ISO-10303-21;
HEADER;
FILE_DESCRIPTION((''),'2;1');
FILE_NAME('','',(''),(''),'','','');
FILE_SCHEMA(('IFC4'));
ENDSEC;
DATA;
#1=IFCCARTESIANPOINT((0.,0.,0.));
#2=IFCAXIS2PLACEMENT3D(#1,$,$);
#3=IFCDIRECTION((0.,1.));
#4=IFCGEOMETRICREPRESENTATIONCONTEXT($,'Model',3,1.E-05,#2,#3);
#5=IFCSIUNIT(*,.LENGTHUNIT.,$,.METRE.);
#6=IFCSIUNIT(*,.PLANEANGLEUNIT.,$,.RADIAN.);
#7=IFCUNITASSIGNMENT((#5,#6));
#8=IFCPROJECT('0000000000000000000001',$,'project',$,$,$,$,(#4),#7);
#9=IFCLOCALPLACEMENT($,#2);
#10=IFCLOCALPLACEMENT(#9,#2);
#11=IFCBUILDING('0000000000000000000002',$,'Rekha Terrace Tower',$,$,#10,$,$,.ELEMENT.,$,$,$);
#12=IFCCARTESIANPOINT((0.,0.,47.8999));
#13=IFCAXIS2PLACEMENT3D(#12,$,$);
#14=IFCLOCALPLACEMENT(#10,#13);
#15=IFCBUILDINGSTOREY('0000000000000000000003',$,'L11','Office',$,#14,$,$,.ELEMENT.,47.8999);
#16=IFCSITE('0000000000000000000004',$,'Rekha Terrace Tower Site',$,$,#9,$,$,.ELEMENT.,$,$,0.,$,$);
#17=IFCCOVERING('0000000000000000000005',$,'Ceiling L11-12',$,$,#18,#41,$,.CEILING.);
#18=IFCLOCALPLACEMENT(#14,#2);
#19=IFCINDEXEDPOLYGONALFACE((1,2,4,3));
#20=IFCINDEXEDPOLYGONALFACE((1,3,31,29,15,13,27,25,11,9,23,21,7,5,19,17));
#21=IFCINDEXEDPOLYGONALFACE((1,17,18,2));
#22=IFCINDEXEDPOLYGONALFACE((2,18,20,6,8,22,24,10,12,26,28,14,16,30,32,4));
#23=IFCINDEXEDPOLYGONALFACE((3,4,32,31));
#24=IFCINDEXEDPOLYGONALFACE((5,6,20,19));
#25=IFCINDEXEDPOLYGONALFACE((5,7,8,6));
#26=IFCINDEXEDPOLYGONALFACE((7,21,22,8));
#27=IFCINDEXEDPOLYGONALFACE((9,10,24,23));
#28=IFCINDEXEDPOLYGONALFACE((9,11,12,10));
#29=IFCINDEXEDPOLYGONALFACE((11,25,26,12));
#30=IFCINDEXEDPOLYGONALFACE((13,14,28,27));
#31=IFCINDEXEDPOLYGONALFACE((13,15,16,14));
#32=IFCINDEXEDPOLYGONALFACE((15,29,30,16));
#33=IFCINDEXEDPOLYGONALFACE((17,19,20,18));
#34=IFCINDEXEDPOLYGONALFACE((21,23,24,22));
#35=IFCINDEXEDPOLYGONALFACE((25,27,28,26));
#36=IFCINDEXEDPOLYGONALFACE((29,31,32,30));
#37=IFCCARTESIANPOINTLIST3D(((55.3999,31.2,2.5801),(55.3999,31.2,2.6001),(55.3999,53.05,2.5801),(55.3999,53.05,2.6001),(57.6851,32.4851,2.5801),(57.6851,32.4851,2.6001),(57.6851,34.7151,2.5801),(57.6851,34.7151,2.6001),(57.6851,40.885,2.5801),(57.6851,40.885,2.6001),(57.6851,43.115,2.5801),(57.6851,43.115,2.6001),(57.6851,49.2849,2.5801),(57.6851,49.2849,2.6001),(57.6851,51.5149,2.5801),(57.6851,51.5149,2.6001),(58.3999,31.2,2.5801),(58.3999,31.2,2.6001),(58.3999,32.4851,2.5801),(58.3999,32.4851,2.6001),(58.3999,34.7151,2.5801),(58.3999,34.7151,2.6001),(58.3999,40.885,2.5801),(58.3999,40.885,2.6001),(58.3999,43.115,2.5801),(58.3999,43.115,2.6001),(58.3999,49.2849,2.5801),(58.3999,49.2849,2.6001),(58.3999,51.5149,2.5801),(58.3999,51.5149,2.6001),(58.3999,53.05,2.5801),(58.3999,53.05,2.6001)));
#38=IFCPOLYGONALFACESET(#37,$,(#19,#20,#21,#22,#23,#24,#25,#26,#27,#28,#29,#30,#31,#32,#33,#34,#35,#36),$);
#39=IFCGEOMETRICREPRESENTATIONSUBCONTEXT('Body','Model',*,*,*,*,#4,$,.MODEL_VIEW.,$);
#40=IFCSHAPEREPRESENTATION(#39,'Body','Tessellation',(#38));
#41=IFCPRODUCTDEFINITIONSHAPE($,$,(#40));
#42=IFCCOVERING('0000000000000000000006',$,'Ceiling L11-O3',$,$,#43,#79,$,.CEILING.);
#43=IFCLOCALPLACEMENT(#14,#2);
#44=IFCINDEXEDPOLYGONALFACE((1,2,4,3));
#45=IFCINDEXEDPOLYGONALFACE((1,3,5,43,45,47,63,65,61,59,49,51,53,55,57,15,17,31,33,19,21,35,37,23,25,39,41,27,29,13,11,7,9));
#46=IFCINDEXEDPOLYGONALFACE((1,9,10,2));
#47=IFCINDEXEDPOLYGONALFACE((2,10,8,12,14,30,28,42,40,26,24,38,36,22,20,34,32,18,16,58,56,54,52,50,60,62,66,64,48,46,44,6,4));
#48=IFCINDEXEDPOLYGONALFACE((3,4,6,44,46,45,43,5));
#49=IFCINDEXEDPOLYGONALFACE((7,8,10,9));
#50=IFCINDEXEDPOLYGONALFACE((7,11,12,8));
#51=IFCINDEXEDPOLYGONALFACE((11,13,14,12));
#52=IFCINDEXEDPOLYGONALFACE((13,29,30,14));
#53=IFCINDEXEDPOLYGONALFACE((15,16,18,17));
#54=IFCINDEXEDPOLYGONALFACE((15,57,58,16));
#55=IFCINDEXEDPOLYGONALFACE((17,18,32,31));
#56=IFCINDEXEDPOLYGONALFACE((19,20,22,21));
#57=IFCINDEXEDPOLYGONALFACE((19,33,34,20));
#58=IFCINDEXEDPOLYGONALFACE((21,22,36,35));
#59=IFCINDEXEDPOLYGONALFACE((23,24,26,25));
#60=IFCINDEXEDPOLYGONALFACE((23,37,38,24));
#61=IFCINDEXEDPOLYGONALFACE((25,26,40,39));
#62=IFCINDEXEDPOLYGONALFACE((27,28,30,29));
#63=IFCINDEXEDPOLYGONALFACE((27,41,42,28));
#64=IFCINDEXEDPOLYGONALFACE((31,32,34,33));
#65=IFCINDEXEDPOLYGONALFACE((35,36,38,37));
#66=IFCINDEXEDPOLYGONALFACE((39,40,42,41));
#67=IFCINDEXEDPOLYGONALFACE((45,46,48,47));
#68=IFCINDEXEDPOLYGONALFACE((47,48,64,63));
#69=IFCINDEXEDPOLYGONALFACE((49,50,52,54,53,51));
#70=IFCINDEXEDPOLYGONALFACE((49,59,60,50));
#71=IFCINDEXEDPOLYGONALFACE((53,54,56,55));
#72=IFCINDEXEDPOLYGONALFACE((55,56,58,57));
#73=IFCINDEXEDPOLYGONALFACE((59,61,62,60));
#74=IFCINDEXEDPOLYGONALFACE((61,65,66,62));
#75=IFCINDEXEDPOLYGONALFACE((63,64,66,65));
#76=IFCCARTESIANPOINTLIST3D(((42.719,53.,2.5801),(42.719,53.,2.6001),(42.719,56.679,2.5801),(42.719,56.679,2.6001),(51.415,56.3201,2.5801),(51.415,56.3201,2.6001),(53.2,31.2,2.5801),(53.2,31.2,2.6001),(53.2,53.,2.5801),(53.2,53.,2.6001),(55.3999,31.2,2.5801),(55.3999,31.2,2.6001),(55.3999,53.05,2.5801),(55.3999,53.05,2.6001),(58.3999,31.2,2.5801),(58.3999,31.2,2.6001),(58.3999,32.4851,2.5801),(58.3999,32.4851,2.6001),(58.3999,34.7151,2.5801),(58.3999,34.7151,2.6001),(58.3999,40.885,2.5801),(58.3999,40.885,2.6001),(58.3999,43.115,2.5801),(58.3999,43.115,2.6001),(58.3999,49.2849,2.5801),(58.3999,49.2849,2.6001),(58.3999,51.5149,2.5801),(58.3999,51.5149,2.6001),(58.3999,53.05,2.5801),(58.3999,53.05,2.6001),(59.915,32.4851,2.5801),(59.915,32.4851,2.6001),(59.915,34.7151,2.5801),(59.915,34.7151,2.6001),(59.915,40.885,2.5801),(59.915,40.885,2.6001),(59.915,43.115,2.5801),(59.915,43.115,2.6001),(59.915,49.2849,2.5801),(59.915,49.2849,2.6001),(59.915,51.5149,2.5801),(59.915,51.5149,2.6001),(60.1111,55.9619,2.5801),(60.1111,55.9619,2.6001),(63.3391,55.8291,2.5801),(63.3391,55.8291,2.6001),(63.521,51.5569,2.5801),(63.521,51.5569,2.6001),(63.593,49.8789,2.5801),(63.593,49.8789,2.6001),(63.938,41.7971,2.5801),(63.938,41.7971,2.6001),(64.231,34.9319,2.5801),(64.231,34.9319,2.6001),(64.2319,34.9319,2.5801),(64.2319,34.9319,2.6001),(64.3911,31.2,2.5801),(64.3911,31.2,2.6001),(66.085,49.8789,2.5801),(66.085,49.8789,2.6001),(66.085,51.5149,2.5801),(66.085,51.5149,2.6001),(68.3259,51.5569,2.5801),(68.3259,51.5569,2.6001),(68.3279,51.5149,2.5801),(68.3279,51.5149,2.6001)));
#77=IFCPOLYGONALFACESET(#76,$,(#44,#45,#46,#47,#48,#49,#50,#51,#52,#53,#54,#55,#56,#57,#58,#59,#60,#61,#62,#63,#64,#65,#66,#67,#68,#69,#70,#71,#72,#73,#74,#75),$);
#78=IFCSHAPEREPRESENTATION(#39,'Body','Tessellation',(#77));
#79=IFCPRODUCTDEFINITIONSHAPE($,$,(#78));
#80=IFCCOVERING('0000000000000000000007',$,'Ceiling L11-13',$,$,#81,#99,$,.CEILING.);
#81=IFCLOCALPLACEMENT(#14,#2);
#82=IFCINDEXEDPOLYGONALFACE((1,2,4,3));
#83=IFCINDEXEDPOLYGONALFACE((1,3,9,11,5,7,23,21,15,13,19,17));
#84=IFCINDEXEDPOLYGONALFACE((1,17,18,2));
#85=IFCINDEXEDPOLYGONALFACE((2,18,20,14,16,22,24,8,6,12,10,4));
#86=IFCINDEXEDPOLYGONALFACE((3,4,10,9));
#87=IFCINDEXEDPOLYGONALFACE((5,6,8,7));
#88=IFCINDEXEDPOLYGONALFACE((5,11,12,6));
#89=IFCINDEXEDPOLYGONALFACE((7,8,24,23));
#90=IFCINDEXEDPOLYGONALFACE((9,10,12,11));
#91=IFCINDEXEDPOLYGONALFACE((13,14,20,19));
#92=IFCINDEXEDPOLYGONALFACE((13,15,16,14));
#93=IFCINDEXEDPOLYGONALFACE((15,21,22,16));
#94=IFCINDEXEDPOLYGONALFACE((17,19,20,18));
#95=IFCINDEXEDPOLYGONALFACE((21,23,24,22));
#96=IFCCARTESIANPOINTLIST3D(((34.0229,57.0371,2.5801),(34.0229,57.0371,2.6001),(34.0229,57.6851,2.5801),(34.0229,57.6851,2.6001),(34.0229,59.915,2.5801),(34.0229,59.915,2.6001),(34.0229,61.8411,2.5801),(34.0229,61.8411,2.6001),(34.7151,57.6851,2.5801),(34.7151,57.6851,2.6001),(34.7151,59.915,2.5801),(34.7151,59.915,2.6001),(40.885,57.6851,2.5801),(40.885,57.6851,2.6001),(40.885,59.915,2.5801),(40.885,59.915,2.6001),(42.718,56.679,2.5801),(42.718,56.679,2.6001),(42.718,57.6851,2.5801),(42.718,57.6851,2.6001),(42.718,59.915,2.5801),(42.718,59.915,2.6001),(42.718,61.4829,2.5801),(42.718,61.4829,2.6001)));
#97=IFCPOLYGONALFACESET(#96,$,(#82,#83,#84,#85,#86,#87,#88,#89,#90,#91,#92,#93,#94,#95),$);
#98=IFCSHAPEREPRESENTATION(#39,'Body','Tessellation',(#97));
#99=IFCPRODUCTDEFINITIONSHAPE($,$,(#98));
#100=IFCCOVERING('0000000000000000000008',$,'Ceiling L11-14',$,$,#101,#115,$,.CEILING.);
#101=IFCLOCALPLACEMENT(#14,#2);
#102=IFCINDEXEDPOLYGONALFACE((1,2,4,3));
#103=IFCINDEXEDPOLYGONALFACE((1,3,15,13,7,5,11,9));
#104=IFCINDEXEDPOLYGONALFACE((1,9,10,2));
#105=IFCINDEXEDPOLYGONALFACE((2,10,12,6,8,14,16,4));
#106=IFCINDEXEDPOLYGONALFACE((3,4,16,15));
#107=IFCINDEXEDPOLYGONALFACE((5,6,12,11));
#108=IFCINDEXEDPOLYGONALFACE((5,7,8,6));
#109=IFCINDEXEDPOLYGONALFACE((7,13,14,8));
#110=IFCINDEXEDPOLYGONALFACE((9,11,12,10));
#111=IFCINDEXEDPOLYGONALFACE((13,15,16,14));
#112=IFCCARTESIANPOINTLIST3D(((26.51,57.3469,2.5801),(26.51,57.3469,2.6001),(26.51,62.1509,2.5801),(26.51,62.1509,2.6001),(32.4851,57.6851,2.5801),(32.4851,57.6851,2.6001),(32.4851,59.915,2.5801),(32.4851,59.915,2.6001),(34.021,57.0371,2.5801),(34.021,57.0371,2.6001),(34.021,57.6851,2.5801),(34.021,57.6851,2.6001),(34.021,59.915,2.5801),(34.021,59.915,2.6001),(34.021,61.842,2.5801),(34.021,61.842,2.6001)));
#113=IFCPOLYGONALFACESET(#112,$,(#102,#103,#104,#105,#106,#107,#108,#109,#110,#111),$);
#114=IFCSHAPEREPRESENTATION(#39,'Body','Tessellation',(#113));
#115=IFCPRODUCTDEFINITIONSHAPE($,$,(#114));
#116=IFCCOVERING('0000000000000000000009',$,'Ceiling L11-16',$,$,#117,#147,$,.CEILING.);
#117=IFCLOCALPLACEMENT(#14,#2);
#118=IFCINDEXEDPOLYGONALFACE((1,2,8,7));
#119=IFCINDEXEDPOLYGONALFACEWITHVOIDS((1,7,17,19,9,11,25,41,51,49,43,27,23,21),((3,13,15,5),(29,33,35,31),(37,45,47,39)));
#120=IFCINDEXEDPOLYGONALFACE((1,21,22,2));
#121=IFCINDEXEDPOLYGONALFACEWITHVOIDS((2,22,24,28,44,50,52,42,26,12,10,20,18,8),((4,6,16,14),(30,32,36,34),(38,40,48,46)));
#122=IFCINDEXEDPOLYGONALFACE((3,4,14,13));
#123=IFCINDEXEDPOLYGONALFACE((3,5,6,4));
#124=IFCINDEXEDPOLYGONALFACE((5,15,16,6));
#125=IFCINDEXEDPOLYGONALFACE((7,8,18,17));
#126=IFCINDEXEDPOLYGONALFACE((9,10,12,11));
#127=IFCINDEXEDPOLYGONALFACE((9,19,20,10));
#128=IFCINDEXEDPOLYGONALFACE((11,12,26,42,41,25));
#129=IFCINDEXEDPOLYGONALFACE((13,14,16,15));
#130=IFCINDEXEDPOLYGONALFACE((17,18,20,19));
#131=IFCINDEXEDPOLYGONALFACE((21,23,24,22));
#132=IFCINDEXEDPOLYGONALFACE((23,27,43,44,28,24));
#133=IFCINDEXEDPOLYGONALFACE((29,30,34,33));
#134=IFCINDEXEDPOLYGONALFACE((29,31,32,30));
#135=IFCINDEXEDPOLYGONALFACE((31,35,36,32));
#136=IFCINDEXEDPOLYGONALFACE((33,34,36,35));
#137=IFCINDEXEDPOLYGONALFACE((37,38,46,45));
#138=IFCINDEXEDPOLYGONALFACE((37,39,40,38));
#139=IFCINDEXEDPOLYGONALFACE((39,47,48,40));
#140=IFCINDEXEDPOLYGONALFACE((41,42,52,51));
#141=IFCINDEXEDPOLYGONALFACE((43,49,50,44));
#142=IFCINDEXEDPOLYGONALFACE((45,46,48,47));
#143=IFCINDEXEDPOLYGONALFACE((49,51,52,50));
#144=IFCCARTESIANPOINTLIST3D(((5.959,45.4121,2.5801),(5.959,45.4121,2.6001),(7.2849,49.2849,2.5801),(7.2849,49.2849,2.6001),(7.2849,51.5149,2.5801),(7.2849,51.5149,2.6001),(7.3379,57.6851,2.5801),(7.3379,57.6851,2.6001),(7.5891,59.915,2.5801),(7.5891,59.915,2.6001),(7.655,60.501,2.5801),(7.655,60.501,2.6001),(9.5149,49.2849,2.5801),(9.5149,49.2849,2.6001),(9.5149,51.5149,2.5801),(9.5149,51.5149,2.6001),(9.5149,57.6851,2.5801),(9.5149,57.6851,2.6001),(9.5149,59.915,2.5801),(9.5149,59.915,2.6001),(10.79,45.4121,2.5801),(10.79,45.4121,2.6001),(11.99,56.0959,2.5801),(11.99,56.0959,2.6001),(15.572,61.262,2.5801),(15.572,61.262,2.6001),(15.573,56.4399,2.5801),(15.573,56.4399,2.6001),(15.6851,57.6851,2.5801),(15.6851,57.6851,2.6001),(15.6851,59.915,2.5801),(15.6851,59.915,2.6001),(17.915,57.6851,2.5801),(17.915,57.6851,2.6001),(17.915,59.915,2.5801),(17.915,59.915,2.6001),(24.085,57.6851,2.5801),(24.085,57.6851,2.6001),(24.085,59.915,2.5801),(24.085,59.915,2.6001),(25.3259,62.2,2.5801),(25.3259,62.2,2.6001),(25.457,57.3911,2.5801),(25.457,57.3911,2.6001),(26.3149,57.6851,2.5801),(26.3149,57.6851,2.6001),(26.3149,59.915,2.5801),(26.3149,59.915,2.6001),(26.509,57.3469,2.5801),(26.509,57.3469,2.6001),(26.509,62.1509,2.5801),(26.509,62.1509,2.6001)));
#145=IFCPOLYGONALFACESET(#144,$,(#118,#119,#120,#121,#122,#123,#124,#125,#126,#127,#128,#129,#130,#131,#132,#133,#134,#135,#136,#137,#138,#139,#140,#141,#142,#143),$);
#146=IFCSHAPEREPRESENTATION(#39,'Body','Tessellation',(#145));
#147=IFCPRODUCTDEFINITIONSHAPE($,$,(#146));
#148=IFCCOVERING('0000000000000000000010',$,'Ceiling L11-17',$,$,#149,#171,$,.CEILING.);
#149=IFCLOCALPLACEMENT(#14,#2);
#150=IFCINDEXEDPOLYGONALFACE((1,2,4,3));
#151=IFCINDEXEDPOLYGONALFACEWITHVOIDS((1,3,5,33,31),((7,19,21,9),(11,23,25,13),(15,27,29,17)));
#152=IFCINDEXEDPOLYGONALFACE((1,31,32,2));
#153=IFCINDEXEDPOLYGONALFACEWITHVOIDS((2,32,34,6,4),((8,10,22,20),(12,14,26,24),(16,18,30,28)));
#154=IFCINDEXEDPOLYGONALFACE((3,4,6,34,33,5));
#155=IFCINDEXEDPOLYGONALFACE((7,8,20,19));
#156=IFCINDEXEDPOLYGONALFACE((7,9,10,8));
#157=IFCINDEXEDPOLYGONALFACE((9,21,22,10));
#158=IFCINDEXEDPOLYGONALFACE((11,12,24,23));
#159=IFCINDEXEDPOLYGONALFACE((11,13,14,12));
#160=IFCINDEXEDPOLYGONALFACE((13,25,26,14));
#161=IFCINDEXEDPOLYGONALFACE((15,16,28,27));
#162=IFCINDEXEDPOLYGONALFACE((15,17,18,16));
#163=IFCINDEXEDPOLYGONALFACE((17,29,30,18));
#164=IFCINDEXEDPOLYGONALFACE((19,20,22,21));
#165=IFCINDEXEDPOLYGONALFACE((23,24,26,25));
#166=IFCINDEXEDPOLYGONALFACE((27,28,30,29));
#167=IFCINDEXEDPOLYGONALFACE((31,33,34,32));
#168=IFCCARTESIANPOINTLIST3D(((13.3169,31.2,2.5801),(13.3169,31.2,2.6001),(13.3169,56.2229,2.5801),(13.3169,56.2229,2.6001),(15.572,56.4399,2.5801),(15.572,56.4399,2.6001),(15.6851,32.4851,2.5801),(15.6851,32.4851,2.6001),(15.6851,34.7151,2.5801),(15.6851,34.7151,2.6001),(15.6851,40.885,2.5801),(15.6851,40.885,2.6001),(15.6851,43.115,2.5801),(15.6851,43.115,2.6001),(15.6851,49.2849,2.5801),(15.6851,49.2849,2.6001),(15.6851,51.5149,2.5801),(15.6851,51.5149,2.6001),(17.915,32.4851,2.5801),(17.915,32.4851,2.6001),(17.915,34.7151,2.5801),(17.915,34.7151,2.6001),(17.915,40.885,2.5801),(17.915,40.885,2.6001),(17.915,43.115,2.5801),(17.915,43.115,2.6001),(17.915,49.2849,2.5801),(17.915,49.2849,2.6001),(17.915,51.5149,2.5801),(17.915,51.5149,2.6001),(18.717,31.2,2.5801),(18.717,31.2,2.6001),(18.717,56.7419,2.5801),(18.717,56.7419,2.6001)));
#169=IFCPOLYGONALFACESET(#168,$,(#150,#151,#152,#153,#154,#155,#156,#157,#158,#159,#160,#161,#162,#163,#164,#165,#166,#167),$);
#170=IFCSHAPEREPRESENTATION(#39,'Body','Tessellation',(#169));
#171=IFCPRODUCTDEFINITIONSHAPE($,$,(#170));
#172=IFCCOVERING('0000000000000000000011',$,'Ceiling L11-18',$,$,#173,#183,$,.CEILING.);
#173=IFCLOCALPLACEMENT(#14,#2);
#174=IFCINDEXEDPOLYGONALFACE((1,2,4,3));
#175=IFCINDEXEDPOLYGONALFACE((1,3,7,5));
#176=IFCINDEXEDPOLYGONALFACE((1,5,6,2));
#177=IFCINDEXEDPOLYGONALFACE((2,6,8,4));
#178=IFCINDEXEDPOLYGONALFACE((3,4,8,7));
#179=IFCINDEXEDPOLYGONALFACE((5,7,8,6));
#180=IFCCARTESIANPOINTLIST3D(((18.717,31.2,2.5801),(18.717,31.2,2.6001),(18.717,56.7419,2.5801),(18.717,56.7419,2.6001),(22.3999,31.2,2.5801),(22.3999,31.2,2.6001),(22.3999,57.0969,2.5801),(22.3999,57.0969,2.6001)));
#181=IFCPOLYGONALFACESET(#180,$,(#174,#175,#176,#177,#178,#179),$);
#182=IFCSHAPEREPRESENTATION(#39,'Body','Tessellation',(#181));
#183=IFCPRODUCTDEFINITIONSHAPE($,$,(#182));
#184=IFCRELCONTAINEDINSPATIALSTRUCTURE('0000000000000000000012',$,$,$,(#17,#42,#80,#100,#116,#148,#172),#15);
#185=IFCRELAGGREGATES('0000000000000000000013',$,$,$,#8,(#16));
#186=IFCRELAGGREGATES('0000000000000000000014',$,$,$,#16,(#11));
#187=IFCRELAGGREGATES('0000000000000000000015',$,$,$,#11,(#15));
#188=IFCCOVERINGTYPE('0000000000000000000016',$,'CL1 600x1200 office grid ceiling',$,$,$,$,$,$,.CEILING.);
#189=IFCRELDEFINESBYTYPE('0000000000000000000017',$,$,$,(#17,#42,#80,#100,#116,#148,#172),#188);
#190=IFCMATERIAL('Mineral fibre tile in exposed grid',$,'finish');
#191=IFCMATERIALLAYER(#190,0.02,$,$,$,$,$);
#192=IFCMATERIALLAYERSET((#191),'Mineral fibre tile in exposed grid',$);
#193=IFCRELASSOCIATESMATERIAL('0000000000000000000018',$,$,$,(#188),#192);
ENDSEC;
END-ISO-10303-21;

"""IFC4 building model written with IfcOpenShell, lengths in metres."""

from ifc_helpers import new_model, si_unit, direction, frame, origin, place, context, subcontext, project, spatial, polyline, outline, extrude, material, layer, layer_set, type_object, element, save


model = new_model("IFC4")

# Units and contexts
model_context = context("Model", 3, precision=1e-05, world=origin(), true_north=direction((0.0, 1.0)))
body_context = subcontext(model_context, "Body", "Model", "MODEL_VIEW")
ifc_project = project(units=[si_unit("LENGTHUNIT", "METRE"), si_unit("PLANEANGLEUNIT", "RADIAN")], contexts=[model_context])

# Site, building, storey
site_placement = place(None, origin())
site = spatial("IfcSite", under=ifc_project, at=site_placement, Name="Rekha Terrace Tower Site", CompositionType="ELEMENT", RefElevation=0.0)
building_placement = place(site_placement, origin())
building = spatial("IfcBuilding", under=site, at=building_placement, Name="Rekha Terrace Tower", CompositionType="ELEMENT")
storey_placement = place(building_placement, frame((0.0, 0.0, 47.8999)))
storey = spatial("IfcBuildingStorey", under=building, at=storey_placement, Name="L11", Description="Office", CompositionType="ELEMENT", Elevation=47.8999)

# Coverings
ifc_material_1 = material(Name="Mineral fibre tile in exposed grid", Category="finish")
ifc_layer_1 = layer(ifc_material_1, 0.02)
ifc_layer_set_1 = layer_set([ifc_layer_1], Name="Mineral fibre tile in exposed grid")
covering_type_1 = type_object("IfcCoveringType", Name="CL1 600x1200 office grid ceiling", PredefinedType="CEILING", material=ifc_layer_set_1)
covering_1_placement = place(storey_placement, frame((0.0, 0.0, 2.5801)))
element("IfcCovering", 1, at=covering_1_placement, inside=storey, type_object=covering_type_1, Name="Ceiling L11-12", PredefinedType="CEILING", context=body_context, shape_type="SweptSolid", body=[
    extrude(outline(polyline([(58.3999, 51.5149), (58.3999, 53.05), (55.3999, 53.05), (55.3999, 31.2), (58.3999, 31.2), (58.3999, 32.4851), (57.6851, 32.4851), (57.6851, 34.7151), (58.3999, 34.7151), (58.3999, 40.885), (57.6851, 40.885), (57.6851, 43.115), (58.3999, 43.115), (58.3999, 49.2849), (57.6851, 49.2849), (57.6851, 51.5149), (58.3999, 51.5149)])), origin(), (0.0, 0.0, 1.0), 0.02),
])
covering_2_placement = place(storey_placement, frame((0.0, 0.0, 2.5801)))
element("IfcCovering", 2, at=covering_2_placement, inside=storey, type_object=covering_type_1, Name="Ceiling L11-O3", PredefinedType="CEILING", context=body_context, shape_type="SweptSolid", body=[
    extrude(outline(polyline([(60.1111, 55.9619), (51.415, 56.3201), (42.719, 56.679), (42.719, 53.0), (53.2, 53.0), (53.2, 31.2), (55.3999, 31.2), (55.3999, 53.05), (58.3999, 53.05), (58.3999, 51.5149), (59.915, 51.5149), (59.915, 49.2849), (58.3999, 49.2849), (58.3999, 43.115), (59.915, 43.115), (59.915, 40.885), (58.3999, 40.885), (58.3999, 34.7151), (59.915, 34.7151), (59.915, 32.4851), (58.3999, 32.4851), (58.3999, 31.2), (64.3911, 31.2), (64.2319, 34.9319), (64.231, 34.9319), (63.938, 41.7971), (63.593, 49.8789), (66.085, 49.8789), (66.085, 51.5149), (68.3279, 51.5149), (68.3259, 51.5569), (63.521, 51.5569), (63.3391, 55.8291), (60.1111, 55.9619)])), origin(), (0.0, 0.0, 1.0), 0.02),
])
covering_3_placement = place(storey_placement, frame((0.0, 0.0, 2.5801)))
element("IfcCovering", 3, at=covering_3_placement, inside=storey, type_object=covering_type_1, Name="Ceiling L11-13", PredefinedType="CEILING", context=body_context, shape_type="SweptSolid", body=[
    extrude(outline(polyline([(34.7151, 57.6851), (34.0229, 57.6851), (34.0229, 57.0371), (42.718, 56.679), (42.718, 57.6851), (40.885, 57.6851), (40.885, 59.915), (42.718, 59.915), (42.718, 61.4829), (34.0229, 61.8411), (34.0229, 59.915), (34.7151, 59.915), (34.7151, 57.6851)])), origin(), (0.0, 0.0, 1.0), 0.02),
])
covering_4_placement = place(storey_placement, frame((0.0, 0.0, 2.5801)))
element("IfcCovering", 4, at=covering_4_placement, inside=storey, type_object=covering_type_1, Name="Ceiling L11-14", PredefinedType="CEILING", context=body_context, shape_type="SweptSolid", body=[
    extrude(outline(polyline([(34.021, 59.915), (34.021, 61.842), (26.51, 62.1509), (26.51, 57.3469), (34.021, 57.0371), (34.021, 57.6851), (32.4851, 57.6851), (32.4851, 59.915), (34.021, 59.915)])), origin(), (0.0, 0.0, 1.0), 0.02),
])
covering_5_placement = place(storey_placement, frame((0.0, 0.0, 2.5801)))
element("IfcCovering", 5, at=covering_5_placement, inside=storey, type_object=covering_type_1, Name="Ceiling L11-16", PredefinedType="CEILING", context=body_context, shape_type="SweptSolid", body=[
    extrude(outline(polyline([(25.3259, 62.2), (15.572, 61.262), (7.655, 60.501), (7.5891, 59.915), (9.5149, 59.915), (9.5149, 57.6851), (7.3379, 57.6851), (5.959, 45.4121), (10.79, 45.4121), (11.99, 56.0959), (15.573, 56.4399), (25.457, 57.3911), (26.509, 57.3469), (26.509, 62.1509), (25.3259, 62.2)]), holes=[polyline([(26.3149, 57.6851), (24.085, 57.6851), (24.085, 59.915), (26.3149, 59.915), (26.3149, 57.6851)]), polyline([(17.915, 57.6851), (15.6851, 57.6851), (15.6851, 59.915), (17.915, 59.915), (17.915, 57.6851)]), polyline([(9.5149, 51.5149), (9.5149, 49.2849), (7.2849, 49.2849), (7.2849, 51.5149), (9.5149, 51.5149)])]), origin(), (0.0, 0.0, 1.0), 0.02),
])
covering_6_placement = place(storey_placement, frame((0.0, 0.0, 2.5801)))
element("IfcCovering", 6, at=covering_6_placement, inside=storey, type_object=covering_type_1, Name="Ceiling L11-17", PredefinedType="CEILING", context=body_context, shape_type="SweptSolid", body=[
    extrude(outline(polyline([(18.717, 56.7419), (15.572, 56.4399), (13.3169, 56.2229), (13.3169, 31.2), (18.717, 31.2), (18.717, 56.7419)]), holes=[polyline([(17.915, 32.4851), (15.6851, 32.4851), (15.6851, 34.7151), (17.915, 34.7151), (17.915, 32.4851)]), polyline([(17.915, 40.885), (15.6851, 40.885), (15.6851, 43.115), (17.915, 43.115), (17.915, 40.885)]), polyline([(17.915, 49.2849), (15.6851, 49.2849), (15.6851, 51.5149), (17.915, 51.5149), (17.915, 49.2849)])]), origin(), (0.0, 0.0, 1.0), 0.02),
])
covering_7_placement = place(storey_placement, frame((0.0, 0.0, 2.5801)))
element("IfcCovering", 7, at=covering_7_placement, inside=storey, type_object=covering_type_1, Name="Ceiling L11-18", PredefinedType="CEILING", context=body_context, shape_type="SweptSolid", body=[
    extrude(outline(polyline([(22.3999, 57.0969), (18.717, 56.7419), (18.717, 31.2), (22.3999, 31.2), (22.3999, 57.0969)])), origin(), (0.0, 0.0, 1.0), 0.02),
])

save(model, "model.ifc")
